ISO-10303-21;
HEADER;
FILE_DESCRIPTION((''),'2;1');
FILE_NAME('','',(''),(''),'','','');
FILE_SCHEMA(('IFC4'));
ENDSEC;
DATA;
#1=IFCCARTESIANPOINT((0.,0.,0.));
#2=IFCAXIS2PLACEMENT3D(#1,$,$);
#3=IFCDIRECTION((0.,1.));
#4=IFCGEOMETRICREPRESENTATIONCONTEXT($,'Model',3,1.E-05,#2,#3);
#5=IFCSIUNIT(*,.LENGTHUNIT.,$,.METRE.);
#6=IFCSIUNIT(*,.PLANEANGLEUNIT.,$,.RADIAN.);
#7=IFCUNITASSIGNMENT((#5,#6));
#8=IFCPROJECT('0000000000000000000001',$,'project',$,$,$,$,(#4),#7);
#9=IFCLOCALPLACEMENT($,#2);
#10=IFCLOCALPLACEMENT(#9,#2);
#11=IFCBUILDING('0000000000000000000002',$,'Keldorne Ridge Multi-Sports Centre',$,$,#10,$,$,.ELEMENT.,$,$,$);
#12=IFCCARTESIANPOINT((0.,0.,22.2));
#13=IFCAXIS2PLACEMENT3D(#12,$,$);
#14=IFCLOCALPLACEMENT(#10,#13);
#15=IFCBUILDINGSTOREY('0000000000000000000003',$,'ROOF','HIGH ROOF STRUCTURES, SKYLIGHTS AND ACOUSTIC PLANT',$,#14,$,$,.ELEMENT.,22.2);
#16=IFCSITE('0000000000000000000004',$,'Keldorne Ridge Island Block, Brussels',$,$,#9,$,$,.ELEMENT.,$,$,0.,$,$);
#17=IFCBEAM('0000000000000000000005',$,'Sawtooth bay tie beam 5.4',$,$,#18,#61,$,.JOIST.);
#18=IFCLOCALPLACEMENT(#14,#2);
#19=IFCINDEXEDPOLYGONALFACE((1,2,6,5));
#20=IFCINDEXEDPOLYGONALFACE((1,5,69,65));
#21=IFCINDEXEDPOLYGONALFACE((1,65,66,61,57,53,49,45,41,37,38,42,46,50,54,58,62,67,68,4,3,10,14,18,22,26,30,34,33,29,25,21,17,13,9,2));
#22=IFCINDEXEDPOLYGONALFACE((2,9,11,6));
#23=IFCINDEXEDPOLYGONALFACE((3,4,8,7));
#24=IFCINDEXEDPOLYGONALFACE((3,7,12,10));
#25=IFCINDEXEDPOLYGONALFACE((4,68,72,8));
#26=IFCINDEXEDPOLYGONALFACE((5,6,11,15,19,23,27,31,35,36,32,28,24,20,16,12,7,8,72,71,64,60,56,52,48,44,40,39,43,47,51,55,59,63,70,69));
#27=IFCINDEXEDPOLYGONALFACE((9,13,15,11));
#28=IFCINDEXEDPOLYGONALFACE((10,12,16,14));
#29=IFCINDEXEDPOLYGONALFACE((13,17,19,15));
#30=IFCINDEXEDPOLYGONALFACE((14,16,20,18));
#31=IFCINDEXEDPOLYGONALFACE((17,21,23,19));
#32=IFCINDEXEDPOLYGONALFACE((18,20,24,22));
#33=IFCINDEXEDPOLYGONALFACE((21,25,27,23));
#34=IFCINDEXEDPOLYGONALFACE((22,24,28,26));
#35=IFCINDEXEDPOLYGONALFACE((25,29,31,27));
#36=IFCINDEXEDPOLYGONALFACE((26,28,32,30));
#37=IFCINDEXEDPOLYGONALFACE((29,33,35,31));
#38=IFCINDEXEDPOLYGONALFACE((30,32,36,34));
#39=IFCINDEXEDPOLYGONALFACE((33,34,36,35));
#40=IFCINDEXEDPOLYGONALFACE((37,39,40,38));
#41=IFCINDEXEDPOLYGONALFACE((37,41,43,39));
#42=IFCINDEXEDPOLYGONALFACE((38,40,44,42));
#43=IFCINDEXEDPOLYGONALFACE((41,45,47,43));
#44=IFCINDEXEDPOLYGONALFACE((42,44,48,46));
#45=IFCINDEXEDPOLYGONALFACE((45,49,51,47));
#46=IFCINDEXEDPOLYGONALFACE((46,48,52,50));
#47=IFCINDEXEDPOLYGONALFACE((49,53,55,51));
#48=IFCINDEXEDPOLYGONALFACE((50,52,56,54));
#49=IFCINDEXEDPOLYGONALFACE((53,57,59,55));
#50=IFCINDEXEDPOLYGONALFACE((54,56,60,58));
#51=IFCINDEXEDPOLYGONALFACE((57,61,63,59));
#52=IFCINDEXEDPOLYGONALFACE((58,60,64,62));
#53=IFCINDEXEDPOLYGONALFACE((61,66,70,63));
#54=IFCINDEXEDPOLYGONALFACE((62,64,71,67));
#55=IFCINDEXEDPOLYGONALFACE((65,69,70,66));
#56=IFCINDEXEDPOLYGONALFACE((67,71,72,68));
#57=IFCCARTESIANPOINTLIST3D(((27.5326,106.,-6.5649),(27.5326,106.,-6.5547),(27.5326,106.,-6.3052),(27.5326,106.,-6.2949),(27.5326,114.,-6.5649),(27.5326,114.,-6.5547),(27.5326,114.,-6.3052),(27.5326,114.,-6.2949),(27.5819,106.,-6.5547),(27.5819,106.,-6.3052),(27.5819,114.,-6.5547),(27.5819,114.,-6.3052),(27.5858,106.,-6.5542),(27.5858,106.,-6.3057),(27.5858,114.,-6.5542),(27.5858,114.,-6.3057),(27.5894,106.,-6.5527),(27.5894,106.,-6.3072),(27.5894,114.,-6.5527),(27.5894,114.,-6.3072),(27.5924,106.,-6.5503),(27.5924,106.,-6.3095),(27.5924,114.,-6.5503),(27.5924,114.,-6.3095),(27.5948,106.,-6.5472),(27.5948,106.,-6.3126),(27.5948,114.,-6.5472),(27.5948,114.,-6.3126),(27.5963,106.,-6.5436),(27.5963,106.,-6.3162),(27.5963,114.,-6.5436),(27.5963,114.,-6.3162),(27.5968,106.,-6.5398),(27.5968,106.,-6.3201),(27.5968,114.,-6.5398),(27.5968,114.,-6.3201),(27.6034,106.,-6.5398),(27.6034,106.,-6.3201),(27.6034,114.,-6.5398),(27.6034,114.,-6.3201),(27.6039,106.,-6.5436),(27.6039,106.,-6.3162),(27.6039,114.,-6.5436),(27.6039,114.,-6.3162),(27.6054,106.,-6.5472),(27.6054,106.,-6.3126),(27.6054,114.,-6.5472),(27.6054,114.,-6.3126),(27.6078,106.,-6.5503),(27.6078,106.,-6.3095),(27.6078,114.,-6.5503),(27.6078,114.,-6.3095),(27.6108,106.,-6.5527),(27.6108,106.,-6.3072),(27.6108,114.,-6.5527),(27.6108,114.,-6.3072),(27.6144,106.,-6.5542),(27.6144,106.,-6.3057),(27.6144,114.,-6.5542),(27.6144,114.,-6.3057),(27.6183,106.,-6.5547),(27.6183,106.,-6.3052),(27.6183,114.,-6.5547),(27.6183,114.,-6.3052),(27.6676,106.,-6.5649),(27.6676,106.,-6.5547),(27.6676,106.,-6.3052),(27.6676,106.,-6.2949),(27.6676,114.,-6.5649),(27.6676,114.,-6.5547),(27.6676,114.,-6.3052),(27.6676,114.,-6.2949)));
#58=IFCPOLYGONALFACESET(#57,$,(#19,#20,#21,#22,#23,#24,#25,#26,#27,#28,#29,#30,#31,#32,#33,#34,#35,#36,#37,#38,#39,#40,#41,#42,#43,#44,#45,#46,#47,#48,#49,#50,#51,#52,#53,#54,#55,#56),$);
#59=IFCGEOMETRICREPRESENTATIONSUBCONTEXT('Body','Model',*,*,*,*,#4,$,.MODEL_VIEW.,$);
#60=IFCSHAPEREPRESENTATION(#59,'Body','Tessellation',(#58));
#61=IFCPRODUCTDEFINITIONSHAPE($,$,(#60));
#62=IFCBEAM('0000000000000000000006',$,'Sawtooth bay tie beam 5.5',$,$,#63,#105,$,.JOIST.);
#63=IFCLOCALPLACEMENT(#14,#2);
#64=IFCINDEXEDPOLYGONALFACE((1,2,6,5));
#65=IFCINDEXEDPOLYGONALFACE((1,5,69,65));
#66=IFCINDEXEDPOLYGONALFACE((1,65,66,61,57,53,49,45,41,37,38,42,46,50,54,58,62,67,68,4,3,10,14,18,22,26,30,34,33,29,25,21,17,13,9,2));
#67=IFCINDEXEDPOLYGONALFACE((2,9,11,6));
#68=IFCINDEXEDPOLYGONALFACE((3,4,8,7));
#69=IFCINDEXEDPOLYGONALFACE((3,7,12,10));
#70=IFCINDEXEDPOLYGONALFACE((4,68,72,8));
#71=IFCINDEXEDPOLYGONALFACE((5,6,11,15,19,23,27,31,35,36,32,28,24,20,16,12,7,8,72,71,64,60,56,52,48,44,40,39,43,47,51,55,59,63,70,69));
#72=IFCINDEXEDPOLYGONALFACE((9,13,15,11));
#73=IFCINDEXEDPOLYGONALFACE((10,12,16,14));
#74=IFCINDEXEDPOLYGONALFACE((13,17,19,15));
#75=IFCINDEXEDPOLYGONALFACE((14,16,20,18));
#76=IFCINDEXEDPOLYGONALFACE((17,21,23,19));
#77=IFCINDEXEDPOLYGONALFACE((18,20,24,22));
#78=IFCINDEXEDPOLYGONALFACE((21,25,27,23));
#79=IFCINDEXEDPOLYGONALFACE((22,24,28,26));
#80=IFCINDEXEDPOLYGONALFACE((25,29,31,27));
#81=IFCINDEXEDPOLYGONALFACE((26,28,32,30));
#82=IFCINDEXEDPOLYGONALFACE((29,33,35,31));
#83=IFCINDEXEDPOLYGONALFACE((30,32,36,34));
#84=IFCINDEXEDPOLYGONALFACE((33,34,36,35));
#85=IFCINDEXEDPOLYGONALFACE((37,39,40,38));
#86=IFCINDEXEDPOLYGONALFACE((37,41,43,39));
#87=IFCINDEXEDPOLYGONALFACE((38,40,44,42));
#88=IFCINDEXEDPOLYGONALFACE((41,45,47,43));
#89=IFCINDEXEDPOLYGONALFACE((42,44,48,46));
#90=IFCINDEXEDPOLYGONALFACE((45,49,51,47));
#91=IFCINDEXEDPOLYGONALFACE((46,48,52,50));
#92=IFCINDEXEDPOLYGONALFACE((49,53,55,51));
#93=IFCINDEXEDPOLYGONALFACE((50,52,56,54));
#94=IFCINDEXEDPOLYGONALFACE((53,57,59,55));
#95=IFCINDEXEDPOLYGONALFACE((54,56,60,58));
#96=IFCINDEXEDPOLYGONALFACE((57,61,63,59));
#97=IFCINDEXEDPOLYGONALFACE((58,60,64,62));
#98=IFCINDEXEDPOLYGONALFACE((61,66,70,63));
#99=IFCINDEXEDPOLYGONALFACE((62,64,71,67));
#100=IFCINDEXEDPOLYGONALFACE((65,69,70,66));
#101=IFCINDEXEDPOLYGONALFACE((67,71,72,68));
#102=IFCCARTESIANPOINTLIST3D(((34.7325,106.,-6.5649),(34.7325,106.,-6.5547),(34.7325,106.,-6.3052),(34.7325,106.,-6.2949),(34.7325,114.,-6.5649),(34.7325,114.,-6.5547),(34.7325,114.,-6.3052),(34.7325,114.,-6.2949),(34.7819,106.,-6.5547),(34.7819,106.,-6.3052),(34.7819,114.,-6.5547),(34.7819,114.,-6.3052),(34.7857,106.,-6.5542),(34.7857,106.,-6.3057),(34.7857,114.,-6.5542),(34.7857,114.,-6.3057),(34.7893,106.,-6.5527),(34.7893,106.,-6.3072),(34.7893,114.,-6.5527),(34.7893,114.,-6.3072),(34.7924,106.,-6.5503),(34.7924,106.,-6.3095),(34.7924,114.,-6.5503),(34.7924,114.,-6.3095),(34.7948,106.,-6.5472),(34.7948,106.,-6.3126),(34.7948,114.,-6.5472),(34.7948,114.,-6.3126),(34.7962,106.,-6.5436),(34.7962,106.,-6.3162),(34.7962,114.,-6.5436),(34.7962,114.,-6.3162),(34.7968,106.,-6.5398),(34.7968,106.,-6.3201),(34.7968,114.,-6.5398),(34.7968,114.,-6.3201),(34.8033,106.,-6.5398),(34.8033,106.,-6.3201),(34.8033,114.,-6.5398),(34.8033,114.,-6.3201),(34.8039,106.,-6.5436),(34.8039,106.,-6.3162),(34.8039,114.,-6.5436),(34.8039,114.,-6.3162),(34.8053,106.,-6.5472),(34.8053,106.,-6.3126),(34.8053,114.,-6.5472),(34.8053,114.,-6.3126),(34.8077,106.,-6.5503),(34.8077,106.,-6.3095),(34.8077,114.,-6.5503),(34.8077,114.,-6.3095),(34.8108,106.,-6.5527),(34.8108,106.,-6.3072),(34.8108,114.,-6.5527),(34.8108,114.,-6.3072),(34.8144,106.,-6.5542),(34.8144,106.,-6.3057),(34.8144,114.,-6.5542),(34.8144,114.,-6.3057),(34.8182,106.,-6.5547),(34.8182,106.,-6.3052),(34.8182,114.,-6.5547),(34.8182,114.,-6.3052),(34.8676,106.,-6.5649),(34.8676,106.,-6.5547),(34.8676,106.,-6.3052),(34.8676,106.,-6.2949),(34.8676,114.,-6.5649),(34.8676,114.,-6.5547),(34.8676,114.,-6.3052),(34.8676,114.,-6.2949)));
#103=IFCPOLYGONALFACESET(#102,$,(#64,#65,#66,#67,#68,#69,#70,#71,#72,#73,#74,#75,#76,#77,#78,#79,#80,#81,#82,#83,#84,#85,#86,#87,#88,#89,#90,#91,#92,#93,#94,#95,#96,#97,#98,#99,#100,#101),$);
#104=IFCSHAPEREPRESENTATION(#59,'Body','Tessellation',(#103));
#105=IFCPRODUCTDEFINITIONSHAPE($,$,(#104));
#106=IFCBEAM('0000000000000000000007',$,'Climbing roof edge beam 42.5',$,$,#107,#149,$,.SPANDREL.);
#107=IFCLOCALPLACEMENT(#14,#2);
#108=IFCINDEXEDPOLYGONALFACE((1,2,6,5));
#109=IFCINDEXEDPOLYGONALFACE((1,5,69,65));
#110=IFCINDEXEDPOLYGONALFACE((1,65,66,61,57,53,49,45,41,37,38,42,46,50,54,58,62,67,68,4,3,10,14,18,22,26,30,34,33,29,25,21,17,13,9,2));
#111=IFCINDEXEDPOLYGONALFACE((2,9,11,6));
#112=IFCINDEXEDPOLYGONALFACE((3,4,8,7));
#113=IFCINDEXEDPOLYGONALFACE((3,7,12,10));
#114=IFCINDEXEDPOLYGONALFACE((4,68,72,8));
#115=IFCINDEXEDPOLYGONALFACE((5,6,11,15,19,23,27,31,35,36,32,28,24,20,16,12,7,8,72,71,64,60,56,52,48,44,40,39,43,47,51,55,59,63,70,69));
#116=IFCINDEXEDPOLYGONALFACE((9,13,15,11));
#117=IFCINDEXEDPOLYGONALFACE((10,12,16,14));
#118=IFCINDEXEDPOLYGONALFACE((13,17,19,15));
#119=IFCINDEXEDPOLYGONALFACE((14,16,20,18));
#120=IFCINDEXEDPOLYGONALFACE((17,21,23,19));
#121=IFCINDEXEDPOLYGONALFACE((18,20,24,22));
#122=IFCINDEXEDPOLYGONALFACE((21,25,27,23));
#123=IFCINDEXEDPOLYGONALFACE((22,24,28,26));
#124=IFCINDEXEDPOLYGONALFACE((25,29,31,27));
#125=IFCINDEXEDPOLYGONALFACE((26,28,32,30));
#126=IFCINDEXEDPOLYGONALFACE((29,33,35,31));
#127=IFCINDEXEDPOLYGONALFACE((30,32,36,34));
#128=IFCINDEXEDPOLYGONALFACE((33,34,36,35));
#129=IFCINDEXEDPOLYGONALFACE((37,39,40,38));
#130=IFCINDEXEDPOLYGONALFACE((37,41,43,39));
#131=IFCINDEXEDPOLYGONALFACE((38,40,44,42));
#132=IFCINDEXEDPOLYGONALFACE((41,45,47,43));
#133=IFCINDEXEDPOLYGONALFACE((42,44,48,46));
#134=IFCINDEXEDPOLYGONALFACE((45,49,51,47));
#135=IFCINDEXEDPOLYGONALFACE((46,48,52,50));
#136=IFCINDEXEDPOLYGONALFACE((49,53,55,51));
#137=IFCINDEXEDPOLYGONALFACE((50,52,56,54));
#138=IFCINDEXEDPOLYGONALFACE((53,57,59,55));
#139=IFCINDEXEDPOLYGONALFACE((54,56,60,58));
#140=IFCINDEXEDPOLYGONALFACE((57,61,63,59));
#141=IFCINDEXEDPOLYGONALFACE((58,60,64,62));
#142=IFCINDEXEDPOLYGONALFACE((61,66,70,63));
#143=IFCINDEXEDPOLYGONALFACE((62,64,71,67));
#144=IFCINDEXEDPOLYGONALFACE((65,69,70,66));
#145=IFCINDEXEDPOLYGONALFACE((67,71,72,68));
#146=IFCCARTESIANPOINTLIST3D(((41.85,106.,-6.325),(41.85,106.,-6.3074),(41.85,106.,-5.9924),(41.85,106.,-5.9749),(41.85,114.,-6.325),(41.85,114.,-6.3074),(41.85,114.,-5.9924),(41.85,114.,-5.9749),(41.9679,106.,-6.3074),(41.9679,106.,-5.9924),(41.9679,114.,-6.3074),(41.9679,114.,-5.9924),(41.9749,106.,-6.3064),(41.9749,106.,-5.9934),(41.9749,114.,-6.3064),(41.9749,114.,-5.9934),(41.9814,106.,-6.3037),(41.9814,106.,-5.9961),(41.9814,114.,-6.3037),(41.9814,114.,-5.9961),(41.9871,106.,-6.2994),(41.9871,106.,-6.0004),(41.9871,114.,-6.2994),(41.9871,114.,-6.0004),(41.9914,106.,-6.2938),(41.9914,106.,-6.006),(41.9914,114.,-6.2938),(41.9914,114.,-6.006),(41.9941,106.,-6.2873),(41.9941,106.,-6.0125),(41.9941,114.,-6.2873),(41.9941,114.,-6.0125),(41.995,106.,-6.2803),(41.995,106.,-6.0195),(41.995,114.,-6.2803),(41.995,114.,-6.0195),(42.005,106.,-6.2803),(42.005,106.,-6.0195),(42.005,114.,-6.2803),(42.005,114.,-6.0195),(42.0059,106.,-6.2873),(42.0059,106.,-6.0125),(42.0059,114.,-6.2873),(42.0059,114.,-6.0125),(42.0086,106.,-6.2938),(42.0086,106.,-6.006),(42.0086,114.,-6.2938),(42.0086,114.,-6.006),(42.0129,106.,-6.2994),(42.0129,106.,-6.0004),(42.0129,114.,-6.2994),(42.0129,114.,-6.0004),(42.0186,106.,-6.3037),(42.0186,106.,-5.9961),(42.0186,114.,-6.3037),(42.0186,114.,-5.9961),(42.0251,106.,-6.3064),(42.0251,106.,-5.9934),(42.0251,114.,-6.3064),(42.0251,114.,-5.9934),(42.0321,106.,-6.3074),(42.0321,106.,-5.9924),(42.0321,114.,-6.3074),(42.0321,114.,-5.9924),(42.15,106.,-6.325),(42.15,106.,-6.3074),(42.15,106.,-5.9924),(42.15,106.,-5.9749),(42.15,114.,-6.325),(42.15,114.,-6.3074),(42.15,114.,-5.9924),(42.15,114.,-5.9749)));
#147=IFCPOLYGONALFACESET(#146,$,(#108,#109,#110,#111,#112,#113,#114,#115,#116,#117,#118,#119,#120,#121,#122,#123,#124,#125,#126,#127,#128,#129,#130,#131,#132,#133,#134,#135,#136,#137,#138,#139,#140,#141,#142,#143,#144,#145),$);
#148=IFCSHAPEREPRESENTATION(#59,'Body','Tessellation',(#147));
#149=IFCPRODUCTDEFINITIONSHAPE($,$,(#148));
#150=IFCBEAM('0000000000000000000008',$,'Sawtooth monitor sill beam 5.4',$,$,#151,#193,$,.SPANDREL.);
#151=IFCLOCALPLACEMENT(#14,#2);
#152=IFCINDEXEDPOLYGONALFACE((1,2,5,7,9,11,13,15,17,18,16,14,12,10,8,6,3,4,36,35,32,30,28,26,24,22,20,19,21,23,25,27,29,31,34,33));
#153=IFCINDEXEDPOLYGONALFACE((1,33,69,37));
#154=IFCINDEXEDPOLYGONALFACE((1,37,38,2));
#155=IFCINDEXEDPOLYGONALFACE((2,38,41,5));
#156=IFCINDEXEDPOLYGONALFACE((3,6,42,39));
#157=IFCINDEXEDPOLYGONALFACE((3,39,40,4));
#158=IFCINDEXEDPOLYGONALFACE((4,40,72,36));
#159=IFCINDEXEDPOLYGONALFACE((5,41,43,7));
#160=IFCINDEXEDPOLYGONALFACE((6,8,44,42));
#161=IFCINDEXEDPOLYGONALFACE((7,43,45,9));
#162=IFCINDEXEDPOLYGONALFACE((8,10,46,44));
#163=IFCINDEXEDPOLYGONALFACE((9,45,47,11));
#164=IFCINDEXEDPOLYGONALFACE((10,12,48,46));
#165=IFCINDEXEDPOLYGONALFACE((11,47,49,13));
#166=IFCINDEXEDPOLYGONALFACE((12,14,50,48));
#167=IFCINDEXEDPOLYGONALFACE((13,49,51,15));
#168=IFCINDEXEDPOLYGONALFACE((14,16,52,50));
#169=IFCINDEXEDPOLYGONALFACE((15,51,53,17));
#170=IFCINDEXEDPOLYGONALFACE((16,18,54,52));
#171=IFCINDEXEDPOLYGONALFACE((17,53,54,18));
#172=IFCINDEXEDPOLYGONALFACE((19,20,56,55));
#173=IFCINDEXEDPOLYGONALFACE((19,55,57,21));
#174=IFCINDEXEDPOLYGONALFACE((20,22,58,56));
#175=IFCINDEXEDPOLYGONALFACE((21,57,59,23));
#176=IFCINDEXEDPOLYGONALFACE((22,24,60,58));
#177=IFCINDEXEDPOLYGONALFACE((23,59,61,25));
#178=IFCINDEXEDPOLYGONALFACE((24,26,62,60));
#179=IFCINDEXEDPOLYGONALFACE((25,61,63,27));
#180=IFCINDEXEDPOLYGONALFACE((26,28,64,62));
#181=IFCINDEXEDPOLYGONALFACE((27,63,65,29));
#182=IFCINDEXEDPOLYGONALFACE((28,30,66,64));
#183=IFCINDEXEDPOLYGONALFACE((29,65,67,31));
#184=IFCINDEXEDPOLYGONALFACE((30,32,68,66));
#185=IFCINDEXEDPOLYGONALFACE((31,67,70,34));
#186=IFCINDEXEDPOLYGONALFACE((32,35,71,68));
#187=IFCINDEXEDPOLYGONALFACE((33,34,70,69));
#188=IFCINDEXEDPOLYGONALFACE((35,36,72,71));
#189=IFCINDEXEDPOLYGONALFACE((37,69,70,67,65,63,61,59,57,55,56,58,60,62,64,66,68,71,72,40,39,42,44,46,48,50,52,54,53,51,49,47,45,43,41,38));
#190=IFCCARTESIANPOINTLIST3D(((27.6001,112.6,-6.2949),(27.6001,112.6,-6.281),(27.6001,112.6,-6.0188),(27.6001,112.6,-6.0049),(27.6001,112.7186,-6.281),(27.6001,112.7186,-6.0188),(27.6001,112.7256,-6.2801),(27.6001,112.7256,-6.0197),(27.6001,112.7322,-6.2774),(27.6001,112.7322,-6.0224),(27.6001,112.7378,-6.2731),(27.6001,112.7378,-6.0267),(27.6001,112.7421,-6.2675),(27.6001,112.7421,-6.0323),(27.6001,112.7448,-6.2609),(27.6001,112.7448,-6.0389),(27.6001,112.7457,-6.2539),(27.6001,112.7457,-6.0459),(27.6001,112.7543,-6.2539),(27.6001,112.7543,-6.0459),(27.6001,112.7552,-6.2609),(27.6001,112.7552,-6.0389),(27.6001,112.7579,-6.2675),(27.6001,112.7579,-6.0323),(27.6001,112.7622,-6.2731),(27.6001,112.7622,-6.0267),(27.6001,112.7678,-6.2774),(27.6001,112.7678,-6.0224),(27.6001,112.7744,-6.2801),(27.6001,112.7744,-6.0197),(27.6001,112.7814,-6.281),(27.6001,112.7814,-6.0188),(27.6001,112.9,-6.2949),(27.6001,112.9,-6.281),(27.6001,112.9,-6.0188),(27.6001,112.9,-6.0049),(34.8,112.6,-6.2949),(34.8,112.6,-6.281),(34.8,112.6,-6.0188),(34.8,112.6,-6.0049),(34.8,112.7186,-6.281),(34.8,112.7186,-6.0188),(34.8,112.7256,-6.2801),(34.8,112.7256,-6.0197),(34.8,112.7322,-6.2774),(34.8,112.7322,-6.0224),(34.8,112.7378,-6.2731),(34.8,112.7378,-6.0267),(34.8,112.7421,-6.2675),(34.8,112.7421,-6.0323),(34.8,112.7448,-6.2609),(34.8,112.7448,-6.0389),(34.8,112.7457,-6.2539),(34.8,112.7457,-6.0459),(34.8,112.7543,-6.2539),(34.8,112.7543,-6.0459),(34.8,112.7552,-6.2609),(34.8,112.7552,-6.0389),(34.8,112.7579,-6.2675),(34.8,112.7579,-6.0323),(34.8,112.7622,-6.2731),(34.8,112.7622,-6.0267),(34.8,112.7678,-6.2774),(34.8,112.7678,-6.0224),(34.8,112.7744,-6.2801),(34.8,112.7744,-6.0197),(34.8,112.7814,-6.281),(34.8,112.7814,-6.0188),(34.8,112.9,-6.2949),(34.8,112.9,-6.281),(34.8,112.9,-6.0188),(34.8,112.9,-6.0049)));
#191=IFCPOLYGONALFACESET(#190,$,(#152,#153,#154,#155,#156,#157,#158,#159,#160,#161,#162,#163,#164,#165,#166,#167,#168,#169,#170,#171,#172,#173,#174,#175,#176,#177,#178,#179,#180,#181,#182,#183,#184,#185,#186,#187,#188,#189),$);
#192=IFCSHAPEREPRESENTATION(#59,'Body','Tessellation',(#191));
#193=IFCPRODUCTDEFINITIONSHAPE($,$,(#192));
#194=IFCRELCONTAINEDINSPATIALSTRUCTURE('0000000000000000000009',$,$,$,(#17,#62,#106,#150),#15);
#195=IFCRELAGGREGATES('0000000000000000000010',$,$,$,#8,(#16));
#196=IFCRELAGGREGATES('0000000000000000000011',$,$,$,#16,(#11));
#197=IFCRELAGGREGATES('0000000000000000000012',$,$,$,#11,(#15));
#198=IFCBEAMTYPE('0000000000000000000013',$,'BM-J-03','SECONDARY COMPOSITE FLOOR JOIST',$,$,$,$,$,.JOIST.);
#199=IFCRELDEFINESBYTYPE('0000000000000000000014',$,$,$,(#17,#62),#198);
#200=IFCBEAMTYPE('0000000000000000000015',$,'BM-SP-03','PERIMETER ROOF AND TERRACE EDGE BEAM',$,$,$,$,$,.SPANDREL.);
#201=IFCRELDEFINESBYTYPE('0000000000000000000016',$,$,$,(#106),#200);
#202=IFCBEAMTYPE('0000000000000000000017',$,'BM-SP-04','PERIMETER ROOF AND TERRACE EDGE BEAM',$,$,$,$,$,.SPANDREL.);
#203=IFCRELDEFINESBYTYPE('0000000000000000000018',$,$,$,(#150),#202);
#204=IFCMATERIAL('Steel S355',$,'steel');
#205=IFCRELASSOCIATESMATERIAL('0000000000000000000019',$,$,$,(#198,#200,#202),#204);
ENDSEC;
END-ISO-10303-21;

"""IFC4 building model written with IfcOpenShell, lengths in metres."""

from ifc_helpers import new_model, si_unit, direction, frame, origin, origin_2d, place, context, subcontext, project, spatial, i_section, extrude, material, material_profile, profile_set, type_object, element, save


model = new_model("IFC4")

# Units and contexts
model_context = context("Model", 3, precision=1e-05, world=origin(), true_north=direction((0.0, 1.0)))
body_context = subcontext(model_context, "Body", "Model", "MODEL_VIEW")
ifc_project = project(units=[si_unit("LENGTHUNIT", "METRE"), si_unit("PLANEANGLEUNIT", "RADIAN")], contexts=[model_context])

# Site, building, storey
site_placement = place(None, origin())
site = spatial("IfcSite", under=ifc_project, at=site_placement, Name="Keldorne Ridge Island Block, Brussels", CompositionType="ELEMENT", RefElevation=0.0)
building_placement = place(site_placement, origin())
building = spatial("IfcBuilding", under=site, at=building_placement, Name="Keldorne Ridge Multi-Sports Centre", CompositionType="ELEMENT")
storey_placement = place(building_placement, frame((0.0, 0.0, 22.2)))
storey = spatial("IfcBuildingStorey", under=building, at=storey_placement, Name="ROOF", Description="HIGH ROOF STRUCTURES, SKYLIGHTS AND ACOUSTIC PLANT", CompositionType="ELEMENT", Elevation=22.2)

# Beams
ifc_material_1 = material(Name="Steel S355", Category="steel")
ifc_material_profile_1 = material_profile(ifc_material_1, i_section(OverallWidth=0.135, OverallDepth=0.27, WebThickness=0.0066, FlangeThickness=0.0103, FilletRadius=0.0149, at=origin_2d()), Name="IPE 270")
ifc_profile_set_1 = profile_set([ifc_material_profile_1], Name="Steel S355")
beam_type_1 = type_object("IfcBeamType", Name="BM-J-03", Description="SECONDARY COMPOSITE FLOOR JOIST", PredefinedType="JOIST", material=ifc_profile_set_1)
for number, where, z_axis, x_axis, name in (
    (1, (27.6001, 106.0, -6.4299), (0.0, 1.0, 0.0), (-1.0, 0.0, 0.0), "Sawtooth bay tie beam 5.4"),
    (2, (34.8, 106.0, -6.4299), (0.0, 1.0, 0.0), (-1.0, 0.0, 0.0), "Sawtooth bay tie beam 5.5"),
):
    element("IfcBeam", number, at=place(storey_placement, frame(where, z_axis=z_axis, x_axis=x_axis)), inside=storey, type_object=beam_type_1, Name=name, PredefinedType="JOIST", context=body_context, shape_type="SweptSolid", body=[
        extrude(i_section(OverallWidth=0.135, OverallDepth=0.27, WebThickness=0.0066, FlangeThickness=0.0103, FilletRadius=0.0149, at=origin_2d()), origin(), (0.0, 0.0, 1.0), 8.0),
    ])
ifc_material_profile_2 = material_profile(ifc_material_1, i_section(OverallWidth=0.3, OverallDepth=0.3501, WebThickness=0.01, FlangeThickness=0.0176, FilletRadius=0.0271, at=origin_2d()), Name="HEA 360")
ifc_profile_set_2 = profile_set([ifc_material_profile_2], Name="Steel S355")
beam_type_2 = type_object("IfcBeamType", Name="BM-SP-03", Description="PERIMETER ROOF AND TERRACE EDGE BEAM", PredefinedType="SPANDREL", material=ifc_profile_set_2)
beam_placement = place(storey_placement, frame((42.0, 106.0, -6.1499), z_axis=(0.0, 1.0, 0.0), x_axis=(-1.0, 0.0, 0.0)))
element("IfcBeam", 3, at=beam_placement, inside=storey, type_object=beam_type_2, Name="Climbing roof edge beam 42.5", PredefinedType="SPANDREL", context=body_context, shape_type="SweptSolid", body=[
    extrude(i_section(OverallWidth=0.3, OverallDepth=0.3501, WebThickness=0.01, FlangeThickness=0.0176, FilletRadius=0.0271, at=origin_2d()), origin(), (0.0, 0.0, 1.0), 8.0),
])
ifc_material_profile_3 = material_profile(ifc_material_1, i_section(OverallWidth=0.3, OverallDepth=0.29, WebThickness=0.0085, FlangeThickness=0.0139, FilletRadius=0.0271, at=origin_2d()), Name="HEA 300")
ifc_profile_set_3 = profile_set([ifc_material_profile_3], Name="Steel S355")
beam_type_3 = type_object("IfcBeamType", Name="BM-SP-04", Description="PERIMETER ROOF AND TERRACE EDGE BEAM", PredefinedType="SPANDREL", material=ifc_profile_set_3)
for number, where, z_axis, x_axis, name in (
    (4, (27.6001, 112.75, -6.1499), (1.0, 0.0, 0.0), (0.0, 1.0, 0.0), "Sawtooth monitor sill beam 5.4"),
):
    element("IfcBeam", number, at=place(storey_placement, frame(where, z_axis=z_axis, x_axis=x_axis)), inside=storey, type_object=beam_type_3, Name=name, PredefinedType="SPANDREL", context=body_context, shape_type="SweptSolid", body=[
        extrude(i_section(OverallWidth=0.3, OverallDepth=0.29, WebThickness=0.0085, FlangeThickness=0.0139, FilletRadius=0.0271, at=origin_2d()), origin(), (0.0, 0.0, 1.0), 7.2),
    ])

save(model, "model.ifc")
